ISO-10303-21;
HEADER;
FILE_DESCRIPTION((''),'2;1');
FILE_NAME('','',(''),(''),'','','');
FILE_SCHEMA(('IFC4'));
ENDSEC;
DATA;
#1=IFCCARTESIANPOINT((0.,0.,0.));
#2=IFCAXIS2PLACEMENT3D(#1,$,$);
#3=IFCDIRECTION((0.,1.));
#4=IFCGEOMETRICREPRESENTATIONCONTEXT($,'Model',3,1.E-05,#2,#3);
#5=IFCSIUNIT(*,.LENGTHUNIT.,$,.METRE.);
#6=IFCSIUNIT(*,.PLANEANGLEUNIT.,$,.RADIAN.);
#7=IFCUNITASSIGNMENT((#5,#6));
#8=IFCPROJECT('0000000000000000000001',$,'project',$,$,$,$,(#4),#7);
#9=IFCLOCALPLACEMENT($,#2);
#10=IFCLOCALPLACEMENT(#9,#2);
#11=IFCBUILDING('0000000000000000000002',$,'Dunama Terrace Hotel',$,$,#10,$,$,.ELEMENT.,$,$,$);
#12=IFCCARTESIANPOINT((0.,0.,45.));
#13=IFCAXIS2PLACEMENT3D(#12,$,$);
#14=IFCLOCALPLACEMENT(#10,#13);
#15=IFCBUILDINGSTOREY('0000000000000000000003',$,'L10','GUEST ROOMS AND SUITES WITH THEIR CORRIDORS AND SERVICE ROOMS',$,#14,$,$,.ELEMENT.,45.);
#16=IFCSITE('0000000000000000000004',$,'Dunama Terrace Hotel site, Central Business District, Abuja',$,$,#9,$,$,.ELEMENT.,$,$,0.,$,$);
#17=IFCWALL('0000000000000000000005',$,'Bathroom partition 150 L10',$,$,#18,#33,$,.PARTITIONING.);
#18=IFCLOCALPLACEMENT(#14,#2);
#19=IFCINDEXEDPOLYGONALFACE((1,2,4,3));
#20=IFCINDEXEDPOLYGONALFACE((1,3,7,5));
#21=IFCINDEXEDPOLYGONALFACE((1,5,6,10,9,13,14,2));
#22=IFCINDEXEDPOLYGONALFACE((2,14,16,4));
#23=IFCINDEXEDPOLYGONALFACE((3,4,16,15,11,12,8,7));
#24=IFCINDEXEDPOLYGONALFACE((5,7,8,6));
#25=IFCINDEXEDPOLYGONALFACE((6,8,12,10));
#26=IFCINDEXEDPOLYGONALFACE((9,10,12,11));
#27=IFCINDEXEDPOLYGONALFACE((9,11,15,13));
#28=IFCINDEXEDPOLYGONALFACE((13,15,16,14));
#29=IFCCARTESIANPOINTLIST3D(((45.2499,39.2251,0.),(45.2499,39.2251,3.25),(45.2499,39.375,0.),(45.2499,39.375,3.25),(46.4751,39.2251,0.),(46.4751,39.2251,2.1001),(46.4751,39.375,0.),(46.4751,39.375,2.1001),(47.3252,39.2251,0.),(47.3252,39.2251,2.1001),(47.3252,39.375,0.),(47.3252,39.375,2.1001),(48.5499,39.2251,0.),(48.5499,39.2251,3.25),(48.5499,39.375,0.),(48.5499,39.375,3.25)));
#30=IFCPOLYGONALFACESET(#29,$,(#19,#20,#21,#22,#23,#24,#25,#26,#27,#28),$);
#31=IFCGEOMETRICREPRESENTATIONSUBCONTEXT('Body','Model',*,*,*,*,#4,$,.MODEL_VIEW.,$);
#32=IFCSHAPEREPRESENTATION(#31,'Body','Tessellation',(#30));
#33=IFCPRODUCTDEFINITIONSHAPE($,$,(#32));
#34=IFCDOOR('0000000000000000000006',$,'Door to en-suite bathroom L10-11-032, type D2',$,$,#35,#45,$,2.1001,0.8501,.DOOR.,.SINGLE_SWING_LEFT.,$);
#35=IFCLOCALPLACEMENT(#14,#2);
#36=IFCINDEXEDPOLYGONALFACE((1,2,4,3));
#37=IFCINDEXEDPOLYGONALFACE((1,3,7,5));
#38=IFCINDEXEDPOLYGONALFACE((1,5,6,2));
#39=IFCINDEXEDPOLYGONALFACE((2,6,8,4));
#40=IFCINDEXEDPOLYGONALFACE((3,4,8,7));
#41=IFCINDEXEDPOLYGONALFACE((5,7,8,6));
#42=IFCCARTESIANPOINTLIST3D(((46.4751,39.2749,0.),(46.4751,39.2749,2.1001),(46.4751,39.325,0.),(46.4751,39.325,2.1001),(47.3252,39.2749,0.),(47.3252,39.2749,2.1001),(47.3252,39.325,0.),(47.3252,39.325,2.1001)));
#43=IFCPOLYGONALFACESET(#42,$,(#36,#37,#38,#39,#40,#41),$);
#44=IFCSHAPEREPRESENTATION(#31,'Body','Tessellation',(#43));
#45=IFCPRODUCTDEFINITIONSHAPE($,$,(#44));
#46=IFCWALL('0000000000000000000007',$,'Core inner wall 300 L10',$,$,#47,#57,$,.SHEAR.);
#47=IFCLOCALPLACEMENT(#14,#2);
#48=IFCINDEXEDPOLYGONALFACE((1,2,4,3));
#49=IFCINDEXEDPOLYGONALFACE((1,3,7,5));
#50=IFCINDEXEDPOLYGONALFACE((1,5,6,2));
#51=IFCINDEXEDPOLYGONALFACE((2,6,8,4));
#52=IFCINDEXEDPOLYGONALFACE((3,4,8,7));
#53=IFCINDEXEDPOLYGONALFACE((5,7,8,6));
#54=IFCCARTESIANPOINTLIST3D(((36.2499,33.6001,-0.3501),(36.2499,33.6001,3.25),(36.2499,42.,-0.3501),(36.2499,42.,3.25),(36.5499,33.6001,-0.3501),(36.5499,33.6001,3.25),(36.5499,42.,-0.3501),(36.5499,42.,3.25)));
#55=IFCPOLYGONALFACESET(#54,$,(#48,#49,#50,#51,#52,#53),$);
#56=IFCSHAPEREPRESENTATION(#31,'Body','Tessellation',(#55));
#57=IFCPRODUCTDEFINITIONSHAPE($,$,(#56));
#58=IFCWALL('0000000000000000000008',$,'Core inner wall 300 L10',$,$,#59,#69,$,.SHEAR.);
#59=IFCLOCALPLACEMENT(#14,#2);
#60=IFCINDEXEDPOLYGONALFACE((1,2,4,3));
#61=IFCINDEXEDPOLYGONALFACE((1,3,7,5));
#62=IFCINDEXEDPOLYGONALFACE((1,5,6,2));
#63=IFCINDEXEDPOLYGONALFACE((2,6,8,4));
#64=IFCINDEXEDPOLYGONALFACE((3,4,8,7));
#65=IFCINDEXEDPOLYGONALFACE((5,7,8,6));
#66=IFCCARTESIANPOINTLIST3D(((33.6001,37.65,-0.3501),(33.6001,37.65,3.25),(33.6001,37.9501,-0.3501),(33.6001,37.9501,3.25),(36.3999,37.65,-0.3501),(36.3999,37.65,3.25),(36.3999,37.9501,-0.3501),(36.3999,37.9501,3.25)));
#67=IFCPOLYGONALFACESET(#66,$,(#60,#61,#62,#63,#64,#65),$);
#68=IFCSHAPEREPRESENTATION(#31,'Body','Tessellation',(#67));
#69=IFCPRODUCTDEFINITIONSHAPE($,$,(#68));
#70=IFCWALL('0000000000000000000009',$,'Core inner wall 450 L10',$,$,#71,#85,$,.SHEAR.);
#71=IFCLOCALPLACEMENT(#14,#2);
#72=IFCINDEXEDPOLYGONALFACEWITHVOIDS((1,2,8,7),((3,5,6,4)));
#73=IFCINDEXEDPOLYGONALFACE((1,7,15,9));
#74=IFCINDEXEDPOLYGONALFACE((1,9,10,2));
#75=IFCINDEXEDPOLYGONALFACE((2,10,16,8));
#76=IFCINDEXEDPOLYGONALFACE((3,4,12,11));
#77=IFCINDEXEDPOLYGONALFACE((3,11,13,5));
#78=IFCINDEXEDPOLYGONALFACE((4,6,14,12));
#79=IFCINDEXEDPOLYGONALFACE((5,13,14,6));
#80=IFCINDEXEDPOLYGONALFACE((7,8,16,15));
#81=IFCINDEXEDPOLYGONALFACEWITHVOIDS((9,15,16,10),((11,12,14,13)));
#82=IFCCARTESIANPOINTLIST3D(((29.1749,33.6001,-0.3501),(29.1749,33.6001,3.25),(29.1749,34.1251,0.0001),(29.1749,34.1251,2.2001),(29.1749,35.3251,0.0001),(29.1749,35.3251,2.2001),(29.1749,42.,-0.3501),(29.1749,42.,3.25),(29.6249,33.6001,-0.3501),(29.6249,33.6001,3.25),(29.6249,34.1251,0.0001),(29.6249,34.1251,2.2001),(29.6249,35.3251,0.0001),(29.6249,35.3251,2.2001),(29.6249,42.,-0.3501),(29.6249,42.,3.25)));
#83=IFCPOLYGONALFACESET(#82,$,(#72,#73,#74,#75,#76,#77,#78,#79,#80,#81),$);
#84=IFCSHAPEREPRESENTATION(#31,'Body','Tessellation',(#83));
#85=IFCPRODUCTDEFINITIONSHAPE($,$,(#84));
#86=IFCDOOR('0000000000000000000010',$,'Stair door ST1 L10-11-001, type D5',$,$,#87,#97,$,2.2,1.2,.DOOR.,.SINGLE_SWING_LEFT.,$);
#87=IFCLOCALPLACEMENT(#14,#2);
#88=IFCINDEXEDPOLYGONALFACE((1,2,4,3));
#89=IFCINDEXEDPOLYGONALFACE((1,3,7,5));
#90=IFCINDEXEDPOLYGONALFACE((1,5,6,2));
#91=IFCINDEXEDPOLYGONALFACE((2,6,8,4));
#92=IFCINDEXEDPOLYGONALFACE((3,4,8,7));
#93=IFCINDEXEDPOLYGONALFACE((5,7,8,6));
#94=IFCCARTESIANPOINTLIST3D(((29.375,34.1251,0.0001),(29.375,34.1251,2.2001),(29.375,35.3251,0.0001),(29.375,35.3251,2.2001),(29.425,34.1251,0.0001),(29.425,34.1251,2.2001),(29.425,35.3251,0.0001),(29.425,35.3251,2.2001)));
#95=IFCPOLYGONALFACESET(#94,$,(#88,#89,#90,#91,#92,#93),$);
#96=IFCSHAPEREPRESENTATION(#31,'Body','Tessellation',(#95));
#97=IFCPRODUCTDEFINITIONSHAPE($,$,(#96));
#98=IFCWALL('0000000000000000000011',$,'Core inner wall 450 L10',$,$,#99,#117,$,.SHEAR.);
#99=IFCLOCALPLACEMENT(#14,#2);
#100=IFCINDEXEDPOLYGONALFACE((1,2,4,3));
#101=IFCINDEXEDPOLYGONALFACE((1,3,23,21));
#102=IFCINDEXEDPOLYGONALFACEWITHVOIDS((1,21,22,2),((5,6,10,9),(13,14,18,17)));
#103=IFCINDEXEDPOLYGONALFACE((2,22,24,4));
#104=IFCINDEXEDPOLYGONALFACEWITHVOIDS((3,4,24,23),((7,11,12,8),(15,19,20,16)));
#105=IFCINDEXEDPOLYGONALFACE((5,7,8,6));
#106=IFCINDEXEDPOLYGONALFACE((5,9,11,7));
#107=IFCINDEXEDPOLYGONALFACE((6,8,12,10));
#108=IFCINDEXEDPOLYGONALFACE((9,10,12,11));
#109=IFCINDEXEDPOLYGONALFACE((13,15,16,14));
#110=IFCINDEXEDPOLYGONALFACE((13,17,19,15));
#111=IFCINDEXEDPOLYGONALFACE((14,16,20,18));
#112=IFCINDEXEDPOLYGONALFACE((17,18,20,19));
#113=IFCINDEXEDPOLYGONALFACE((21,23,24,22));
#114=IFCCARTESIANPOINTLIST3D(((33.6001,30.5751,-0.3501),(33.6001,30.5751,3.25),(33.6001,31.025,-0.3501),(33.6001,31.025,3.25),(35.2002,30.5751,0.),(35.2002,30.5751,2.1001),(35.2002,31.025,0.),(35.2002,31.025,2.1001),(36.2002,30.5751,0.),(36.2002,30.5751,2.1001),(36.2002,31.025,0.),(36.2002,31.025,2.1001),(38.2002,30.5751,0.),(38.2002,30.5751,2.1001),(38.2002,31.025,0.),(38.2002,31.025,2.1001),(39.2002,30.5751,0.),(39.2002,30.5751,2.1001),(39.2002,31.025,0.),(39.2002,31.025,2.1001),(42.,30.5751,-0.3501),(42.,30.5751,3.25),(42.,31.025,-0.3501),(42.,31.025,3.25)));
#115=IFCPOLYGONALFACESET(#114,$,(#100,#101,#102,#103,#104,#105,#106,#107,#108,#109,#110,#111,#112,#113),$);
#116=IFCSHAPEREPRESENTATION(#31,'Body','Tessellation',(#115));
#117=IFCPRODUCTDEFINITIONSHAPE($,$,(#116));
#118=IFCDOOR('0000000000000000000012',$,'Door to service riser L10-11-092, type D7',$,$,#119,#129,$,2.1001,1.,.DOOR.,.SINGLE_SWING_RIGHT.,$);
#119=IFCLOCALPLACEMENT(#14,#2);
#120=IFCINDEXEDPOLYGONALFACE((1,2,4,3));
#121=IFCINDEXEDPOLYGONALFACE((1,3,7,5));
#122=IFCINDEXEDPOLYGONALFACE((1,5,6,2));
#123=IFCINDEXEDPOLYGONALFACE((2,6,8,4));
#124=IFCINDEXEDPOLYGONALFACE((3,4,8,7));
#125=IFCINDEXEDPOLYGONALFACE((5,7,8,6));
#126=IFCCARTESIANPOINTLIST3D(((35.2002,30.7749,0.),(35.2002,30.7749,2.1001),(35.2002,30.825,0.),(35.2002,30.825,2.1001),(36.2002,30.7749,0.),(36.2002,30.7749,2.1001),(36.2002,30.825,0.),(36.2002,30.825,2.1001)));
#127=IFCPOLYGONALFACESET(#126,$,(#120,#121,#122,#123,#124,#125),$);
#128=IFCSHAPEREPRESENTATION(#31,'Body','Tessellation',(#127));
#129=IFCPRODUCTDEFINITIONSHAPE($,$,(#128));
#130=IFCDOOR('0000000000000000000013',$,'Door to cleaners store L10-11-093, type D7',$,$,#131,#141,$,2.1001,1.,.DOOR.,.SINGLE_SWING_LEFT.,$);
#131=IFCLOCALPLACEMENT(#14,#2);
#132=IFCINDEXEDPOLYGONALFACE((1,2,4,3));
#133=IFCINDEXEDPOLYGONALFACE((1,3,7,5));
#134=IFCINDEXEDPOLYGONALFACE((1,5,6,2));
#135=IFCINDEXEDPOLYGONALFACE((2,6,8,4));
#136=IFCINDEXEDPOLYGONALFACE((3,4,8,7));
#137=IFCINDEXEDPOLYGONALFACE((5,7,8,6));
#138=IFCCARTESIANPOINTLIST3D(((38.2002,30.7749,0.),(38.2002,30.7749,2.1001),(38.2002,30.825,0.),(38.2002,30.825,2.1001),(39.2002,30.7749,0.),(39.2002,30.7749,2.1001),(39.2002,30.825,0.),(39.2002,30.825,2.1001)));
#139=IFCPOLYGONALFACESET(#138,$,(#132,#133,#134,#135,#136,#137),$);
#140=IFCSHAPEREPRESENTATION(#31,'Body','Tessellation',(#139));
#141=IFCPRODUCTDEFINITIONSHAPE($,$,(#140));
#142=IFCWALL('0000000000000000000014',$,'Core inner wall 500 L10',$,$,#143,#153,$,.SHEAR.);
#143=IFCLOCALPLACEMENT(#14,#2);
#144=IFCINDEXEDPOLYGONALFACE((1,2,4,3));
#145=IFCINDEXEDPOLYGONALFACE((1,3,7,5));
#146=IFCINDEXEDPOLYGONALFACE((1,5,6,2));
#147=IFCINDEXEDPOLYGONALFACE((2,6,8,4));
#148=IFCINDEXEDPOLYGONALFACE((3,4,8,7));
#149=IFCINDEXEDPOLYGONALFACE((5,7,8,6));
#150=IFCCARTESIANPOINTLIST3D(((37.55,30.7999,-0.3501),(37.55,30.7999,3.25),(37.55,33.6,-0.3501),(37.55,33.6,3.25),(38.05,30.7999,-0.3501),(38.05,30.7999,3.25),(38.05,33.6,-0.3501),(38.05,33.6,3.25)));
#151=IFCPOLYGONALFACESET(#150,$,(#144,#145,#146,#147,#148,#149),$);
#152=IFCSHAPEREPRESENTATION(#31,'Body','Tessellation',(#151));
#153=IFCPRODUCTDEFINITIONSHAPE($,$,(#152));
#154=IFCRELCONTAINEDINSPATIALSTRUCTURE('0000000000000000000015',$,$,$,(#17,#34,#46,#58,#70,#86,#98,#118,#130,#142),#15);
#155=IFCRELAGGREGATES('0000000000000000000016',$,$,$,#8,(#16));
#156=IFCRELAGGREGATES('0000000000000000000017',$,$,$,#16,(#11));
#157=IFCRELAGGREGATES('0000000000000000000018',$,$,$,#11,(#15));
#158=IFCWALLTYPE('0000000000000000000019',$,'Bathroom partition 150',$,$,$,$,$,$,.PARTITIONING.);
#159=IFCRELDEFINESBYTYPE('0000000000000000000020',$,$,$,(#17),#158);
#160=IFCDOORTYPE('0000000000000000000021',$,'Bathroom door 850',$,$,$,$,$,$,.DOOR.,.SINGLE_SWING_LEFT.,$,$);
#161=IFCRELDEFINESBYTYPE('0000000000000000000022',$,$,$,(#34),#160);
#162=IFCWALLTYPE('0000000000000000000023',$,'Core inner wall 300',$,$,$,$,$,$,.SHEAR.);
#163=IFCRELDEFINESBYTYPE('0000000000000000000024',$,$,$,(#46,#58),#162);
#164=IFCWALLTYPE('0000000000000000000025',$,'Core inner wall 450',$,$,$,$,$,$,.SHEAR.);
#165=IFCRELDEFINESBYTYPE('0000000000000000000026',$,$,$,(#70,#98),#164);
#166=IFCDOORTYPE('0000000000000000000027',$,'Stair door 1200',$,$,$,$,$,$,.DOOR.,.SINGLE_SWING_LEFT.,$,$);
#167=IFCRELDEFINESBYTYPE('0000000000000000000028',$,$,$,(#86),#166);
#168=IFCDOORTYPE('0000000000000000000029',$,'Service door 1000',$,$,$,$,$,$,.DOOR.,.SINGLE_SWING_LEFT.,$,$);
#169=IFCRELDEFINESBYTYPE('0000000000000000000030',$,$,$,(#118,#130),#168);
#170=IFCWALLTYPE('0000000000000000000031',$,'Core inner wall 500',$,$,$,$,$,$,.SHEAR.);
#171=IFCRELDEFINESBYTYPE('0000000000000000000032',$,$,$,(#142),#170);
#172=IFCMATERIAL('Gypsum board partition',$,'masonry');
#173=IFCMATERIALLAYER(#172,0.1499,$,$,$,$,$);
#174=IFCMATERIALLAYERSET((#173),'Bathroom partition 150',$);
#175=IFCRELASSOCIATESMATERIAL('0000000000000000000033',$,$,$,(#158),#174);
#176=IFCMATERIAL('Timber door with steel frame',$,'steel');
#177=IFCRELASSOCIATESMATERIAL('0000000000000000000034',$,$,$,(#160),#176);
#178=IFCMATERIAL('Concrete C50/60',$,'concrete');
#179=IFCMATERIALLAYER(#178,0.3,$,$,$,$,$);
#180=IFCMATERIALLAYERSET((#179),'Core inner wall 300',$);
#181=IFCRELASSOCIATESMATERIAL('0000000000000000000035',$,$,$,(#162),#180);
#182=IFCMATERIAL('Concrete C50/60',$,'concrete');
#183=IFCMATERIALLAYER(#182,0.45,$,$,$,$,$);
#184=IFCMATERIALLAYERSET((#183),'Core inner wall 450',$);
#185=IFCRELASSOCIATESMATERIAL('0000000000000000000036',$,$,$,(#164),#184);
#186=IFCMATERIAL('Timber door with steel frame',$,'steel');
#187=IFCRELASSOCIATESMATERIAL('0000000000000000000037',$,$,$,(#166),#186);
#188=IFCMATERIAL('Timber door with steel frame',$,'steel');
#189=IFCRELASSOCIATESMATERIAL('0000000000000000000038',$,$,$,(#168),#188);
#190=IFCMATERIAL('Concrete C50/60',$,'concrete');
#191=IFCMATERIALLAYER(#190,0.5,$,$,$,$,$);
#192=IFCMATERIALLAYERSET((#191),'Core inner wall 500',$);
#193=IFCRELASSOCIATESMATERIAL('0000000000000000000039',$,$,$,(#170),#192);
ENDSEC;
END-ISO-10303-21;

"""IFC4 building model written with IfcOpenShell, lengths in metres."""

from ifc_helpers import new_model, si_unit, direction, frame, frame_2d, origin, place, context, subcontext, project, spatial, rectangle, extrude, material, layer, layer_set, type_object, element, fill, save


model = new_model("IFC4")

# Units and contexts
model_context = context("Model", 3, precision=1e-05, world=origin(), true_north=direction((0.0, 1.0)))
body_context = subcontext(model_context, "Body", "Model", "MODEL_VIEW")
ifc_project = project(units=[si_unit("LENGTHUNIT", "METRE"), si_unit("PLANEANGLEUNIT", "RADIAN")], contexts=[model_context])

# Site, building, storey
site_placement = place(None, origin())
site = spatial("IfcSite", under=ifc_project, at=site_placement, Name="Dunama Terrace Hotel site, Central Business District, Abuja", CompositionType="ELEMENT", RefElevation=0.0)
building_placement = place(site_placement, origin())
building = spatial("IfcBuilding", under=site, at=building_placement, Name="Dunama Terrace Hotel", CompositionType="ELEMENT")
storey_placement = place(building_placement, frame((0.0, 0.0, 45.0)))
storey = spatial("IfcBuildingStorey", under=building, at=storey_placement, Name="L10", Description="GUEST ROOMS AND SUITES WITH THEIR CORRIDORS AND SERVICE ROOMS", CompositionType="ELEMENT", Elevation=45.0)

# Wall, opening, door
ifc_material_1 = material(Name="Gypsum board partition", Category="masonry")
ifc_layer_1 = layer(ifc_material_1, 0.1499)
ifc_layer_set_1 = layer_set([ifc_layer_1], Name="Bathroom partition 150")
wall_type_1 = type_object("IfcWallType", Name="Bathroom partition 150", PredefinedType="PARTITIONING", material=ifc_layer_set_1)
wall_1_placement = place(storey_placement, frame((45.25, 39.3, 0.0), z_axis=(0.0, 0.0, 1.0), x_axis=(1.0, 0.0, 0.0)))
wall_1 = element("IfcWall", 1, at=wall_1_placement, inside=storey, type_object=wall_type_1, Name="Bathroom partition 150 L10", PredefinedType="PARTITIONING", context=body_context, shape_type="SweptSolid", body=[
    extrude(rectangle(XDim=3.3, YDim=0.1499, at=frame_2d((1.6499, 0.0))), origin(), (0.0, 0.0, 1.0), 3.25),
])
opening_1_placement = place(wall_1_placement, frame((1.2251, 0.0, 0.0)))
opening_1 = element("IfcOpeningElement", 2, at=opening_1_placement, cuts=wall_1, PredefinedType="OPENING", context=body_context, shape_type="SweptSolid", body=[
    extrude(rectangle(XDim=0.8501, YDim=2.1001, at=frame_2d((0.425, 1.05))), frame((0.0, 0.085, 0.0), z_axis=(0.0, -1.0, 0.0), x_axis=(1.0, 0.0, 0.0)), (0.0, 0.0, 1.0), 0.1699),
])
ifc_material_2 = material(Name="Timber door with steel frame", Category="steel")
door_type_1 = type_object("IfcDoorType", Name="Bathroom door 850", OperationType="SINGLE_SWING_LEFT", PredefinedType="DOOR", material=ifc_material_2)
door_1_placement = place(opening_1_placement, origin())
door_1 = element("IfcDoor", 3, at=door_1_placement, inside=storey, type_object=door_type_1, Name="Door to en-suite bathroom L10-11-032, type D2", OperationType="SINGLE_SWING_LEFT", OverallHeight=2.1001, OverallWidth=0.8501, PredefinedType="DOOR", context=body_context, shape_type="SweptSolid", body=[
    extrude(rectangle(XDim=0.8501, YDim=2.1001, at=frame_2d((0.425, 1.05))), frame((0.0, 0.0249, 0.0), z_axis=(0.0, -1.0, 0.0), x_axis=(1.0, 0.0, 0.0)), (0.0, 0.0, 1.0), 0.05),
])
fill(opening_1, door_1)

# Walls
ifc_material_3 = material(Name="Concrete C50/60", Category="concrete")
ifc_layer_2 = layer(ifc_material_3, 0.3)
ifc_layer_set_2 = layer_set([ifc_layer_2], Name="Core inner wall 300")
wall_type_2 = type_object("IfcWallType", Name="Core inner wall 300", PredefinedType="SHEAR", material=ifc_layer_set_2)
wall_2_placement = place(storey_placement, frame((36.3999, 33.6001, -0.3501), z_axis=(0.0, 0.0, 1.0), x_axis=(0.0, 1.0, 0.0)))
element("IfcWall", 4, at=wall_2_placement, inside=storey, type_object=wall_type_2, Name="Core inner wall 300 L10", PredefinedType="SHEAR", context=body_context, shape_type="SweptSolid", body=[
    extrude(rectangle(XDim=8.3999, YDim=0.3, at=frame_2d((4.2, 0.0))), origin(), (0.0, 0.0, 1.0), 3.6001),
])
wall_3_placement = place(storey_placement, frame((33.6001, 37.8, -0.3501), z_axis=(0.0, 0.0, 1.0), x_axis=(1.0, 0.0, 0.0)))
element("IfcWall", 5, at=wall_3_placement, inside=storey, type_object=wall_type_2, Name="Core inner wall 300 L10", PredefinedType="SHEAR", context=body_context, shape_type="SweptSolid", body=[
    extrude(rectangle(XDim=2.7998, YDim=0.3, at=frame_2d((1.3999, 0.0))), origin(), (0.0, 0.0, 1.0), 3.6001),
])

# Wall, opening, door
ifc_material_4 = material(Name="Concrete C50/60", Category="concrete")
ifc_layer_3 = layer(ifc_material_4, 0.45)
ifc_layer_set_3 = layer_set([ifc_layer_3], Name="Core inner wall 450")
wall_type_3 = type_object("IfcWallType", Name="Core inner wall 450", PredefinedType="SHEAR", material=ifc_layer_set_3)
wall_4_placement = place(storey_placement, frame((29.3999, 33.6001, -0.3501), z_axis=(0.0, 0.0, 1.0), x_axis=(0.0, 1.0, 0.0)))
wall_4 = element("IfcWall", 6, at=wall_4_placement, inside=storey, type_object=wall_type_3, Name="Core inner wall 450 L10", PredefinedType="SHEAR", context=body_context, shape_type="SweptSolid", body=[
    extrude(rectangle(XDim=8.3999, YDim=0.45, at=frame_2d((4.2, 0.0))), origin(), (0.0, 0.0, 1.0), 3.6001),
])
opening_2_placement = place(wall_4_placement, frame((0.5249, 0.0, 0.3501)))
opening_2 = element("IfcOpeningElement", 7, at=opening_2_placement, cuts=wall_4, PredefinedType="OPENING", context=body_context, shape_type="SweptSolid", body=[
    extrude(rectangle(XDim=1.2, YDim=2.2, at=frame_2d((0.6001, 1.1001))), frame((0.0, 0.2349, 0.0), z_axis=(0.0, -1.0, 0.0), x_axis=(1.0, 0.0, 0.0)), (0.0, 0.0, 1.0), 0.47),
])
ifc_material_5 = material(Name="Timber door with steel frame", Category="steel")
door_type_2 = type_object("IfcDoorType", Name="Stair door 1200", OperationType="SINGLE_SWING_LEFT", PredefinedType="DOOR", material=ifc_material_5)
door_2_placement = place(opening_2_placement, origin())
door_2 = element("IfcDoor", 8, at=door_2_placement, inside=storey, type_object=door_type_2, Name="Stair door ST1 L10-11-001, type D5", OperationType="SINGLE_SWING_LEFT", OverallHeight=2.2, OverallWidth=1.2, PredefinedType="DOOR", context=body_context, shape_type="SweptSolid", body=[
    extrude(rectangle(XDim=1.2, YDim=2.2, at=frame_2d((0.6001, 1.1001))), frame((0.0, 0.0249, 0.0), z_axis=(0.0, -1.0, 0.0), x_axis=(1.0, 0.0, 0.0)), (0.0, 0.0, 1.0), 0.05),
])
fill(opening_2, door_2)

# Wall, openings, doors
wall_5_placement = place(storey_placement, frame((33.6001, 30.8, -0.3501), z_axis=(0.0, 0.0, 1.0), x_axis=(1.0, 0.0, 0.0)))
wall_5 = element("IfcWall", 9, at=wall_5_placement, inside=storey, type_object=wall_type_3, Name="Core inner wall 450 L10", PredefinedType="SHEAR", context=body_context, shape_type="SweptSolid", body=[
    extrude(rectangle(XDim=8.3999, YDim=0.45, at=frame_2d((4.2, 0.0))), origin(), (0.0, 0.0, 1.0), 3.6001),
])
opening_3_placement = place(wall_5_placement, frame((1.6001, 0.0, 0.3501)))
opening_3 = element("IfcOpeningElement", 10, at=opening_3_placement, cuts=wall_5, PredefinedType="OPENING", context=body_context, shape_type="SweptSolid", body=[
    extrude(rectangle(XDim=1.0, YDim=2.1001, at=frame_2d((0.5, 1.05))), frame((0.0, 0.2349, 0.0), z_axis=(0.0, -1.0, 0.0), x_axis=(1.0, 0.0, 0.0)), (0.0, 0.0, 1.0), 0.47),
])
opening_4_placement = place(wall_5_placement, frame((4.6001, 0.0, 0.3501)))
opening_4 = element("IfcOpeningElement", 11, at=opening_4_placement, cuts=wall_5, PredefinedType="OPENING", context=body_context, shape_type="SweptSolid", body=[
    extrude(rectangle(XDim=1.0, YDim=2.1001, at=frame_2d((0.5, 1.05))), frame((0.0, 0.2349, 0.0), z_axis=(0.0, -1.0, 0.0), x_axis=(1.0, 0.0, 0.0)), (0.0, 0.0, 1.0), 0.47),
])
ifc_material_6 = material(Name="Timber door with steel frame", Category="steel")
door_type_3 = type_object("IfcDoorType", Name="Service door 1000", OperationType="SINGLE_SWING_LEFT", PredefinedType="DOOR", material=ifc_material_6)
door_3_placement = place(opening_3_placement, origin())
door_3 = element("IfcDoor", 12, at=door_3_placement, inside=storey, type_object=door_type_3, Name="Door to service riser L10-11-092, type D7", OperationType="SINGLE_SWING_RIGHT", OverallHeight=2.1001, OverallWidth=1.0, PredefinedType="DOOR", context=body_context, shape_type="SweptSolid", body=[
    extrude(rectangle(XDim=1.0, YDim=2.1001, at=frame_2d((0.5, 1.05))), frame((0.0, 0.0249, 0.0), z_axis=(0.0, -1.0, 0.0), x_axis=(1.0, 0.0, 0.0)), (0.0, 0.0, 1.0), 0.05),
])
fill(opening_3, door_3)
door_4_placement = place(opening_4_placement, origin())
door_4 = element("IfcDoor", 13, at=door_4_placement, inside=storey, type_object=door_type_3, Name="Door to cleaners store L10-11-093, type D7", OperationType="SINGLE_SWING_LEFT", OverallHeight=2.1001, OverallWidth=1.0, PredefinedType="DOOR", context=body_context, shape_type="SweptSolid", body=[
    extrude(rectangle(XDim=1.0, YDim=2.1001, at=frame_2d((0.5, 1.05))), frame((0.0, 0.0249, 0.0), z_axis=(0.0, -1.0, 0.0), x_axis=(1.0, 0.0, 0.0)), (0.0, 0.0, 1.0), 0.05),
])
fill(opening_4, door_4)

# Wall
ifc_material_7 = material(Name="Concrete C50/60", Category="concrete")
ifc_layer_4 = layer(ifc_material_7, 0.5)
ifc_layer_set_4 = layer_set([ifc_layer_4], Name="Core inner wall 500")
wall_type_4 = type_object("IfcWallType", Name="Core inner wall 500", PredefinedType="SHEAR", material=ifc_layer_set_4)
wall_6_placement = place(storey_placement, frame((37.8, 30.8, -0.3501), z_axis=(0.0, 0.0, 1.0), x_axis=(0.0, 1.0, 0.0)))
element("IfcWall", 14, at=wall_6_placement, inside=storey, type_object=wall_type_4, Name="Core inner wall 500 L10", PredefinedType="SHEAR", context=body_context, shape_type="SweptSolid", body=[
    extrude(rectangle(XDim=2.8, YDim=0.5, at=frame_2d((1.3999, 0.0))), origin(), (0.0, 0.0, 1.0), 3.6001),
])

save(model, "model.ifc")
